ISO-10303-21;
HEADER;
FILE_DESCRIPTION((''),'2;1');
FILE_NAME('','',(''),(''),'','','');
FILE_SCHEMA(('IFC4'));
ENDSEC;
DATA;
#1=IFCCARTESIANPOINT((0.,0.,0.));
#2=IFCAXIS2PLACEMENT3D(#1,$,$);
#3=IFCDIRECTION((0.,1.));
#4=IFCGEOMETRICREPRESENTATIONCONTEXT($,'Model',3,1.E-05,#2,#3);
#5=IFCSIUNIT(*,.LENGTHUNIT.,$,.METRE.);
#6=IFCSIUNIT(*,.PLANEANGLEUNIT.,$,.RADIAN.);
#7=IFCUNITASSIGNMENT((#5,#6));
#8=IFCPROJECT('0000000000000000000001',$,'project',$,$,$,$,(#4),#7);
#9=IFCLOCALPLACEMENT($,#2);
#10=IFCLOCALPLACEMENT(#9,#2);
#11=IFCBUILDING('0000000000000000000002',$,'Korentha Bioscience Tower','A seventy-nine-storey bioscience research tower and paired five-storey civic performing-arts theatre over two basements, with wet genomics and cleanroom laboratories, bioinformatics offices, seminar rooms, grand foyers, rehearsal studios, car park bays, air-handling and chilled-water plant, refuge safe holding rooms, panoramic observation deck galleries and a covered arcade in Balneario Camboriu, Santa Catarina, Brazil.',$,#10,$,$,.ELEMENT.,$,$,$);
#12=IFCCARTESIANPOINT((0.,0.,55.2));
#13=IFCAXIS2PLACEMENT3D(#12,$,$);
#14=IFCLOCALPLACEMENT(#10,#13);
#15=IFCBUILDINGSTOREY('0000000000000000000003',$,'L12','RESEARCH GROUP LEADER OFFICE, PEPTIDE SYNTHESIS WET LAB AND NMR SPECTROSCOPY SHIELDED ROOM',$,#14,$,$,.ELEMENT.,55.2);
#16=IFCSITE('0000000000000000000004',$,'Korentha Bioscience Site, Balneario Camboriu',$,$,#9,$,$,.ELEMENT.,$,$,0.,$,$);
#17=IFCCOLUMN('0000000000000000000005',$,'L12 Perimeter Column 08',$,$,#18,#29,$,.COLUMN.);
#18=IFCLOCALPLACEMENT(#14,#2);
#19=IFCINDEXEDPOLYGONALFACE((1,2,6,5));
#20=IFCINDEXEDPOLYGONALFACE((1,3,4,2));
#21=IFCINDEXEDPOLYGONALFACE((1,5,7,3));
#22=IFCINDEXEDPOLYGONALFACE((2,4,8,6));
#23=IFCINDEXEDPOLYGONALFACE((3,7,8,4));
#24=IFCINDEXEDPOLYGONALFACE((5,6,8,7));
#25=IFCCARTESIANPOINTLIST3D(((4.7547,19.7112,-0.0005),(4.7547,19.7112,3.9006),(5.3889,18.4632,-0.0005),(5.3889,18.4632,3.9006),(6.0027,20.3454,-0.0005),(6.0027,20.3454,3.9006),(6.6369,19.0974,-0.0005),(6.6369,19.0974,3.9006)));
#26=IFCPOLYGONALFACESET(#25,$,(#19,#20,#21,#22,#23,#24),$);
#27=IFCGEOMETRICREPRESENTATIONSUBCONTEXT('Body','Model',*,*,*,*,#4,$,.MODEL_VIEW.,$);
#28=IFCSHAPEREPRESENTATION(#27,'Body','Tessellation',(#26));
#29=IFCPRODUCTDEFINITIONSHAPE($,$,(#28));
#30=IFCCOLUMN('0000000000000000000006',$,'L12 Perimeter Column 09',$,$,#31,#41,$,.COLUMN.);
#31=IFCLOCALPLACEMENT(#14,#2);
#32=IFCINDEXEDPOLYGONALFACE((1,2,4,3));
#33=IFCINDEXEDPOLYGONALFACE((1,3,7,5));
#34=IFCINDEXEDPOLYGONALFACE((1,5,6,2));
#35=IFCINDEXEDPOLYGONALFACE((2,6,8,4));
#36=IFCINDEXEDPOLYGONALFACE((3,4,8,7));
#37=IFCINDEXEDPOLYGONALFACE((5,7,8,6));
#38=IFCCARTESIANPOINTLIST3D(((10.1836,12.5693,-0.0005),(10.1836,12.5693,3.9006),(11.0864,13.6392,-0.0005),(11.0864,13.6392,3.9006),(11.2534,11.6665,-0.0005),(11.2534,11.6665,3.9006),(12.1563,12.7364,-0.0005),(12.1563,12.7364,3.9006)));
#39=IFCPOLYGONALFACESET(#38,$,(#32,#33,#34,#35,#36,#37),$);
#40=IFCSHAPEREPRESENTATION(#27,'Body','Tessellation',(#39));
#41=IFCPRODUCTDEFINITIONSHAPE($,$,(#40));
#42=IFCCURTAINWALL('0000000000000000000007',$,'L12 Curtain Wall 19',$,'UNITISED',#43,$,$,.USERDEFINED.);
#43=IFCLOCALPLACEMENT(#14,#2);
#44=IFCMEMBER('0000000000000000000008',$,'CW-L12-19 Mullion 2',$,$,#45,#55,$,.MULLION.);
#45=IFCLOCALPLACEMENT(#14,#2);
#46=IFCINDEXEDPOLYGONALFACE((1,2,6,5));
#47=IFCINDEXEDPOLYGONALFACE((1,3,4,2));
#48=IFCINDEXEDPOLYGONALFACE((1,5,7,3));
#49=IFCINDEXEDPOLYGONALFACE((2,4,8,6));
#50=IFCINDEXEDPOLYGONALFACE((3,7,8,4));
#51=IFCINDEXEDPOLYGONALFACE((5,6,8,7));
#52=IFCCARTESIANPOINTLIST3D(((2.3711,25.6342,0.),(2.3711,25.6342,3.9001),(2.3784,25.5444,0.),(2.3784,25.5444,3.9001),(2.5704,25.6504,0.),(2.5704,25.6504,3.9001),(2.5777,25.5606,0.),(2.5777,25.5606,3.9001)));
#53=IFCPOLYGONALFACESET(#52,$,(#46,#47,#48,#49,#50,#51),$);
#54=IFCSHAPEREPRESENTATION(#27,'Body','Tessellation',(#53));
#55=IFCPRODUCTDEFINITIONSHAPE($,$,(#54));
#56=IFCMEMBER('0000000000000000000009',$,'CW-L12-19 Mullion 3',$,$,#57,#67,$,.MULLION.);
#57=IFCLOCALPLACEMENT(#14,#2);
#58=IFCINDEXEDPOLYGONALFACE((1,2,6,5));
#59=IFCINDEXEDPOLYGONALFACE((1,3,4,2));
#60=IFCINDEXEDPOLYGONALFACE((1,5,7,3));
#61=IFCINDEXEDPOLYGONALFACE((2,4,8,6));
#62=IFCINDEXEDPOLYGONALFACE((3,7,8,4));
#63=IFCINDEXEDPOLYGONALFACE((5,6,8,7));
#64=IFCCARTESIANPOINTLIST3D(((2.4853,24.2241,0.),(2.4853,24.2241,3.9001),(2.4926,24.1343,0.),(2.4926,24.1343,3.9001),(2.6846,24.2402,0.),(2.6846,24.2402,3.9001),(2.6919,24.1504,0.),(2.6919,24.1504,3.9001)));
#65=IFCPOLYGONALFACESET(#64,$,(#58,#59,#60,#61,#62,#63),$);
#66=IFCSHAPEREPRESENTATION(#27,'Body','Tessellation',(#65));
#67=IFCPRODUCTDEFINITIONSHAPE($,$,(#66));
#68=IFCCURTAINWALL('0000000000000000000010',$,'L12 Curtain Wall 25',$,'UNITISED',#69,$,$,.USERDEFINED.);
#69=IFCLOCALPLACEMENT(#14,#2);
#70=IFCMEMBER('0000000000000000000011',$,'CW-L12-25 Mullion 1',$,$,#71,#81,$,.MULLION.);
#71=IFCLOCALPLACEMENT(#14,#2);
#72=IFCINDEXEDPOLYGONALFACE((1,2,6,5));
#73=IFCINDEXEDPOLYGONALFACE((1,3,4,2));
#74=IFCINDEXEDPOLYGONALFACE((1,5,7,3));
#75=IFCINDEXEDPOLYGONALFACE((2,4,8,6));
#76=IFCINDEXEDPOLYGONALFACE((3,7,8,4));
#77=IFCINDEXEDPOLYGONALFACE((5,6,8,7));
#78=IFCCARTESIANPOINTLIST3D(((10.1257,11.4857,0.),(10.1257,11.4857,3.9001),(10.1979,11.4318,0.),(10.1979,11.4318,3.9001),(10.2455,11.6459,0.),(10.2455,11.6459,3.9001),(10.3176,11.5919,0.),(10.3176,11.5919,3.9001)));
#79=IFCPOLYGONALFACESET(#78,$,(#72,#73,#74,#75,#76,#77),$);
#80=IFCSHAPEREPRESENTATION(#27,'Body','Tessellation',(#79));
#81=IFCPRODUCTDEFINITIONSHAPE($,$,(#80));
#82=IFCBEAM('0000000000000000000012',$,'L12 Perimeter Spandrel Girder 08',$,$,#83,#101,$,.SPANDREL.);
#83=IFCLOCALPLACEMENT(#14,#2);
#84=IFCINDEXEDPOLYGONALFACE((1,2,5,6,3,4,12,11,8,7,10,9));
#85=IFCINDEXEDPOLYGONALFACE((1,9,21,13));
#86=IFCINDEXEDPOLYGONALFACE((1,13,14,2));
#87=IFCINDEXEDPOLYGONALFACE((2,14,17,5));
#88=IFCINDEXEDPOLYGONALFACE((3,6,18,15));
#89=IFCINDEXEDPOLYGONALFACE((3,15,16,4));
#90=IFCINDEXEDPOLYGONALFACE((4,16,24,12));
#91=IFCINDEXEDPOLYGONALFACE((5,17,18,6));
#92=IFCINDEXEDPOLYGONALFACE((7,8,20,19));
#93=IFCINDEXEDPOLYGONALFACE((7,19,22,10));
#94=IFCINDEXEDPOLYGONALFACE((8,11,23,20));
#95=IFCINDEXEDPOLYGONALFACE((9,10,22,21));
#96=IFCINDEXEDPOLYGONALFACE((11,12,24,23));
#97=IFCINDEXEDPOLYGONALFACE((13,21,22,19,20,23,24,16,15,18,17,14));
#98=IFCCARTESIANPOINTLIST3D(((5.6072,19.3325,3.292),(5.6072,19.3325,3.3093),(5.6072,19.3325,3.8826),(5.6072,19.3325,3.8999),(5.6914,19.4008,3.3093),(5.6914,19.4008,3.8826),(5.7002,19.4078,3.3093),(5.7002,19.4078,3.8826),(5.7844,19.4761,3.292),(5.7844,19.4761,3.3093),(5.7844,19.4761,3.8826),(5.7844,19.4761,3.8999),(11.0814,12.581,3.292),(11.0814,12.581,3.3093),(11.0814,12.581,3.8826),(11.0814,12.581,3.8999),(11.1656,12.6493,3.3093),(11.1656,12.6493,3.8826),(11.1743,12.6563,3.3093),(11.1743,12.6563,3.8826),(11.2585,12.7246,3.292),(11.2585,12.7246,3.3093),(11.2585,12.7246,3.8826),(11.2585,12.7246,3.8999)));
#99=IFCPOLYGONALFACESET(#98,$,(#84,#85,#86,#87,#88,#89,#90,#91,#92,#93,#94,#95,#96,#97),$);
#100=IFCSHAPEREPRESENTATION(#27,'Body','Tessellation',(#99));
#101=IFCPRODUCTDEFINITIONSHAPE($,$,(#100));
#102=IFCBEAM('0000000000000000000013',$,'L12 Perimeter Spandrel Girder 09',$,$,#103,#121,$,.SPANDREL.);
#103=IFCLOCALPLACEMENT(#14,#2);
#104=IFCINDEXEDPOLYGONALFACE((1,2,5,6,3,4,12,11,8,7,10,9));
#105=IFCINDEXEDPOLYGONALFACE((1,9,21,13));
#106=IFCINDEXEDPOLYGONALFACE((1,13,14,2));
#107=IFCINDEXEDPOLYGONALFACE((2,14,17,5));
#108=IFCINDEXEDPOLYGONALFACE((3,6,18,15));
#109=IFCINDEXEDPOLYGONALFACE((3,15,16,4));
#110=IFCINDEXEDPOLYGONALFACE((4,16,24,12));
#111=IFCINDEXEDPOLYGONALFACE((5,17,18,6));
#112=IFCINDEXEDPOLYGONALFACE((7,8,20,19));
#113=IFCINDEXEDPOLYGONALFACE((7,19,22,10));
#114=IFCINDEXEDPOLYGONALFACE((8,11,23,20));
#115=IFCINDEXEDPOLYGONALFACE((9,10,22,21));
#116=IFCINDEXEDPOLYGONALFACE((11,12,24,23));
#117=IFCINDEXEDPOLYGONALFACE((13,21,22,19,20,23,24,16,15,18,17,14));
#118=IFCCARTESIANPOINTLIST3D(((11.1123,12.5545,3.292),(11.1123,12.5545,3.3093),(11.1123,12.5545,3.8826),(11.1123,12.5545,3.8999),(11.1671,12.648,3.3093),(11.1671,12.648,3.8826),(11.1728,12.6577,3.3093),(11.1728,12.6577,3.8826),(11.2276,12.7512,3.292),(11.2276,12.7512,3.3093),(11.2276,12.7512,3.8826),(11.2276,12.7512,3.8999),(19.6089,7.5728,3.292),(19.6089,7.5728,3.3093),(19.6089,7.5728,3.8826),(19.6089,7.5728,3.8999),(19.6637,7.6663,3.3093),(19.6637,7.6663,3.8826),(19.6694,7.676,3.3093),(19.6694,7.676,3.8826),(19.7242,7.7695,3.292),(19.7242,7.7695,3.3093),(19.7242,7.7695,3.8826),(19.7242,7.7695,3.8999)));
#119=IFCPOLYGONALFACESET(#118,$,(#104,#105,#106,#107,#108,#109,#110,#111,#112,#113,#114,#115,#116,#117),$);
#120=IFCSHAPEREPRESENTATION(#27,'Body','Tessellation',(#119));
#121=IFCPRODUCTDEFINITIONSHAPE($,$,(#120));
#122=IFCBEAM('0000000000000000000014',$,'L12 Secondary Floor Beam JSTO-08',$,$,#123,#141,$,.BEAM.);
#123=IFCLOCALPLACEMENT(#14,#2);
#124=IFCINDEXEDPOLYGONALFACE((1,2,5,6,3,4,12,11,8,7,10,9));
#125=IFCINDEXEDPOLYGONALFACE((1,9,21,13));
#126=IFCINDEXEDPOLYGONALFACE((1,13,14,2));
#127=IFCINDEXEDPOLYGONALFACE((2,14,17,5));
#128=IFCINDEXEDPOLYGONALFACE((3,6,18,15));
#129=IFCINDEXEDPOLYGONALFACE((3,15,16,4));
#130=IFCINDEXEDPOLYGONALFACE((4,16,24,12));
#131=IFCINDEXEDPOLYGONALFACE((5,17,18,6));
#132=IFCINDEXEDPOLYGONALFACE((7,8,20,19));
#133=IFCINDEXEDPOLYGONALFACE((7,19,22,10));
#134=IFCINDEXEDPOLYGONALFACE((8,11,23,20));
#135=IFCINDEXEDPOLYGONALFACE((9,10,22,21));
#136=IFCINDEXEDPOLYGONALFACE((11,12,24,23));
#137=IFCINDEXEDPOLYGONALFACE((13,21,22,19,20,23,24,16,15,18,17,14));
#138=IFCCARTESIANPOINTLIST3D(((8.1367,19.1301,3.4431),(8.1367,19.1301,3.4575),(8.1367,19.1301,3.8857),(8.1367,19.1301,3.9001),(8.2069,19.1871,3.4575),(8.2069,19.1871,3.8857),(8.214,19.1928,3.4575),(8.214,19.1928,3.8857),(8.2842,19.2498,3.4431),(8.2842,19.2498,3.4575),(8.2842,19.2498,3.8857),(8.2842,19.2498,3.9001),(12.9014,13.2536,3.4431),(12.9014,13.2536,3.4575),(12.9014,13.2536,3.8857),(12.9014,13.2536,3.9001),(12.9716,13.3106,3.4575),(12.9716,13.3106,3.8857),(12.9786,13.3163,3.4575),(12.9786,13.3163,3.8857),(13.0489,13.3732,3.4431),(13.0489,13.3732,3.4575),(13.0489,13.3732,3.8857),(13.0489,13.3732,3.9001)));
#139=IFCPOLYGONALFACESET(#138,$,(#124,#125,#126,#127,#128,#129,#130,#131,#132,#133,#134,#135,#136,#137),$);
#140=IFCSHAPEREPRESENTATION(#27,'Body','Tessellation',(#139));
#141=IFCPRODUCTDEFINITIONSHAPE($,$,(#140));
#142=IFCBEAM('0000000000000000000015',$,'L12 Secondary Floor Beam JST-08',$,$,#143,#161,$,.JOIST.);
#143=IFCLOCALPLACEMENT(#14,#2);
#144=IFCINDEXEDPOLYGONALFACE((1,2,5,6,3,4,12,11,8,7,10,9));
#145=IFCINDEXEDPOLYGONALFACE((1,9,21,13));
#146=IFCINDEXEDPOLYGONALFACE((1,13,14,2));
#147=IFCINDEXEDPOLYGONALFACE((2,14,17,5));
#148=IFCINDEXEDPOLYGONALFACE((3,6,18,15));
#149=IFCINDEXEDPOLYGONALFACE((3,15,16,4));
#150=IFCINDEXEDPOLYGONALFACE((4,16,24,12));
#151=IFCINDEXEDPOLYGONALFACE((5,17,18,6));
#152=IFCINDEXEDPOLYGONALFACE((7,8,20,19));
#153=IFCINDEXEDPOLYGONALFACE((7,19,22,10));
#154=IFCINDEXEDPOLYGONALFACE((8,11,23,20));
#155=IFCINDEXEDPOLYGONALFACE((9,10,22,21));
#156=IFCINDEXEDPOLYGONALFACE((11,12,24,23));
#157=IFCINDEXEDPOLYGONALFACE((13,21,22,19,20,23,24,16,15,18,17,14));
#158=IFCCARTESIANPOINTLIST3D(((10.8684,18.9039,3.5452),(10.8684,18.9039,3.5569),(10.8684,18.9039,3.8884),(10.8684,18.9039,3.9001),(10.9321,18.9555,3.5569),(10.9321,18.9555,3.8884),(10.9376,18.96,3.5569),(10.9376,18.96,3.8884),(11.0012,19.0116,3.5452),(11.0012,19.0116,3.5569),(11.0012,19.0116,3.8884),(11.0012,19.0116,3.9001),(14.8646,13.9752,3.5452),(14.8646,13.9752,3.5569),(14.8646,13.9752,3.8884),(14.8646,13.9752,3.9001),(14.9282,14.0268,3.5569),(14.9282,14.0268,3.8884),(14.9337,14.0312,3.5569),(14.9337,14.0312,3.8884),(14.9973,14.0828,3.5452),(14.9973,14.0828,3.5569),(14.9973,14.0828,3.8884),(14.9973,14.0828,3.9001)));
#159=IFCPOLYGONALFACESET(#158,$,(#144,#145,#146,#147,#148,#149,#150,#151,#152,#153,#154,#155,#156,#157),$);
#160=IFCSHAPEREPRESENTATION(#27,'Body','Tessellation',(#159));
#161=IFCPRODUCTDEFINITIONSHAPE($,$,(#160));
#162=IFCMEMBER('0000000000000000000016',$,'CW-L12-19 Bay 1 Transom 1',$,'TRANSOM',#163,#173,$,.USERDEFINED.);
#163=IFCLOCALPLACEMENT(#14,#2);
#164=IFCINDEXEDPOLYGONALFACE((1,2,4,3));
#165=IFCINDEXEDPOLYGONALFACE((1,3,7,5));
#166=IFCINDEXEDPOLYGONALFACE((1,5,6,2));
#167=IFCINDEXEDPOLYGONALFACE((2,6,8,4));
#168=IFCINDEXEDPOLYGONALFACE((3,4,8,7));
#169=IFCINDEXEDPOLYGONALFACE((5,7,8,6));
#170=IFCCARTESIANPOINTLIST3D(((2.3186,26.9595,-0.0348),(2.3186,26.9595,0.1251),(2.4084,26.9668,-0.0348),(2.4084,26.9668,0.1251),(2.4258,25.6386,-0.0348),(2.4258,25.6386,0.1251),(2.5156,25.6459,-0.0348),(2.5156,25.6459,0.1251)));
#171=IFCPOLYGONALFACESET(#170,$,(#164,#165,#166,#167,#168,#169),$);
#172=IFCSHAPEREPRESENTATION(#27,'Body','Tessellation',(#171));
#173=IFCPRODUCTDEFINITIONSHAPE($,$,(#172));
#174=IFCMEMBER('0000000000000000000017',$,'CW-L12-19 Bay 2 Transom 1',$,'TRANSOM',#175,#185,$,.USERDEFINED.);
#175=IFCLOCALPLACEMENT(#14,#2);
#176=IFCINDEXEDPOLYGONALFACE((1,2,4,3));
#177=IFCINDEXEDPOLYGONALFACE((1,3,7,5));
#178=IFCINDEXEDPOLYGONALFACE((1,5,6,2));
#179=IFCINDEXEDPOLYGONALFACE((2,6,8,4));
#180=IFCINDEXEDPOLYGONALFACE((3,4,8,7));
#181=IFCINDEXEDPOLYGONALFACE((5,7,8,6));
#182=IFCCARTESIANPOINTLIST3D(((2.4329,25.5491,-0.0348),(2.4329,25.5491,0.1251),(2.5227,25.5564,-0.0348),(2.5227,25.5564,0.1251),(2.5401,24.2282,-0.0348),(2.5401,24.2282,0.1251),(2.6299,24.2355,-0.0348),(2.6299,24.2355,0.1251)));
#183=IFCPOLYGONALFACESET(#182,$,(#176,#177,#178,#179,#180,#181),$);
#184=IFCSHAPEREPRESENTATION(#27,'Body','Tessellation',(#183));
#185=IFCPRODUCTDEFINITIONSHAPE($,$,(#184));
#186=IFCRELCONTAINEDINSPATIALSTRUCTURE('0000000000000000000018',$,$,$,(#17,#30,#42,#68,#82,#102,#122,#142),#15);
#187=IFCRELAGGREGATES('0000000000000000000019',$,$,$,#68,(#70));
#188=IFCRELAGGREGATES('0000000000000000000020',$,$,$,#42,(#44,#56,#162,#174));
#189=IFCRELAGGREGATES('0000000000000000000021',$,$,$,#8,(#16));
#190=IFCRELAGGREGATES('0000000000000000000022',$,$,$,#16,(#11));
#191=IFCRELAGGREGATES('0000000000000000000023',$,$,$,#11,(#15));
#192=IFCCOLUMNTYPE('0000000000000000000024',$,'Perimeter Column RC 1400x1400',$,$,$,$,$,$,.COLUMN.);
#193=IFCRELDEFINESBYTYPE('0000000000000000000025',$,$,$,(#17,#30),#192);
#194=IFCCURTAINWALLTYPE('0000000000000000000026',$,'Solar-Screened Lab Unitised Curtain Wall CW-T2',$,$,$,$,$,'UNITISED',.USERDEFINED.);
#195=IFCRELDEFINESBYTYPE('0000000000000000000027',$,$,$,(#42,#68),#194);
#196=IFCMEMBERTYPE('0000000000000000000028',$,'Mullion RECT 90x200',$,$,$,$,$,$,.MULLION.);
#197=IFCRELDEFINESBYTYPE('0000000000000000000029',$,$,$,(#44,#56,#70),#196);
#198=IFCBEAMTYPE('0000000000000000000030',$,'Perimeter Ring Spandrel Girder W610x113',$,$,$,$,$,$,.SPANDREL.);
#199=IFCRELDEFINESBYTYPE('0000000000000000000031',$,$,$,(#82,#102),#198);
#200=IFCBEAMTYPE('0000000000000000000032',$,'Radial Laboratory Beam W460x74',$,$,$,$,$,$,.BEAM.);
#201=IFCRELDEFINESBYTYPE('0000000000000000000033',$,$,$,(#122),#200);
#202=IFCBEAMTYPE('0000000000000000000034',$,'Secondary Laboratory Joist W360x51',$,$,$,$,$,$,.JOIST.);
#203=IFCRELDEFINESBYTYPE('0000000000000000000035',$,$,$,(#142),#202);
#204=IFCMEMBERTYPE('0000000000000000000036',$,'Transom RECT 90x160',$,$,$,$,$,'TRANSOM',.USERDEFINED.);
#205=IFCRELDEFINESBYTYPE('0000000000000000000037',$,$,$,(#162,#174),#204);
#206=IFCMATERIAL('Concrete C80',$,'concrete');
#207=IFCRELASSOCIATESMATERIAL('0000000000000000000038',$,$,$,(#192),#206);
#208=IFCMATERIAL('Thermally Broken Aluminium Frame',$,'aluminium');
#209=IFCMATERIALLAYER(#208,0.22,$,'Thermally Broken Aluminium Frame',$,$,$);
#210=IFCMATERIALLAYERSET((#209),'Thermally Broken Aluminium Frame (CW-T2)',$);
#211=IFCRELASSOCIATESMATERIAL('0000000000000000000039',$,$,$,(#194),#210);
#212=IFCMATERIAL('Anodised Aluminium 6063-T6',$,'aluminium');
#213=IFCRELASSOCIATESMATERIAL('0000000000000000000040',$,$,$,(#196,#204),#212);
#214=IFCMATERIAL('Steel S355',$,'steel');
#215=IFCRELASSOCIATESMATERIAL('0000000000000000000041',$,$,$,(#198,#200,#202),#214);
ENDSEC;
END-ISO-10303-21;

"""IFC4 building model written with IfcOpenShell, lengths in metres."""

from ifc_helpers import new_model, si_unit, direction, frame, origin, origin_2d, place, context, subcontext, project, spatial, rectangle, i_section, extrude, material, layer, layer_set, material_profile, profile_set, type_object, element, aggregate, save


model = new_model("IFC4")

# Units and contexts
model_context = context("Model", 3, precision=1e-05, world=origin(), true_north=direction((0.0, 1.0)))
body_context = subcontext(model_context, "Body", "Model", "MODEL_VIEW")
ifc_project = project(units=[si_unit("LENGTHUNIT", "METRE"), si_unit("PLANEANGLEUNIT", "RADIAN")], contexts=[model_context])

# Site, building, storey
site_placement = place(None, origin())
site = spatial("IfcSite", under=ifc_project, at=site_placement, Name="Korentha Bioscience Site, Balneario Camboriu", CompositionType="ELEMENT", RefElevation=0.0)
building_placement = place(site_placement, origin())
building = spatial("IfcBuilding", under=site, at=building_placement, Name="Korentha Bioscience Tower", Description="A seventy-nine-storey bioscience research tower and paired five-storey civic performing-arts theatre over two basements, with wet genomics and cleanroom laboratories, bioinformatics offices, seminar rooms, grand foyers, rehearsal studios, car park bays, air-handling and chilled-water plant, refuge safe holding rooms, panoramic observation deck galleries and a covered arcade in Balneario Camboriu, Santa Catarina, Brazil.", CompositionType="ELEMENT")
storey_placement = place(building_placement, frame((0.0, 0.0, 55.2)))
storey = spatial("IfcBuildingStorey", under=building, at=storey_placement, Name="L12", Description="RESEARCH GROUP LEADER OFFICE, PEPTIDE SYNTHESIS WET LAB AND NMR SPECTROSCOPY SHIELDED ROOM", CompositionType="ELEMENT", Elevation=55.2)

# Columns
ifc_material_1 = material(Name="Concrete C80", Category="concrete")
ifc_material_profile_1 = material_profile(ifc_material_1, rectangle(XDim=1.3999, YDim=1.3999, at=origin_2d()), Name="Concrete C80")
ifc_profile_set_1 = profile_set([ifc_material_profile_1], Name="Concrete C80 (COL-P14)")
column_type = type_object("IfcColumnType", Name="Perimeter Column RC 1400x1400", PredefinedType="COLUMN", material=ifc_profile_set_1)
for number, where, z_axis, x_axis, name in (
    (1, (5.6958, 19.4043, -0.0005), (0.0, 0.0, 1.0), (-0.453057, 0.891481, 0.0), "L12 Perimeter Column 08"),
    (2, (11.1699, 12.6528, -0.0005), (0.0, 0.0, 1.0), (-0.764246, 0.644924, 0.0), "L12 Perimeter Column 09"),
):
    element("IfcColumn", number, at=place(storey_placement, frame(where, z_axis=z_axis, x_axis=x_axis)), inside=storey, type_object=column_type, Name=name, PredefinedType="COLUMN", context=body_context, shape_type="SweptSolid", body=[
        extrude(rectangle(XDim=1.3999, YDim=1.3999, at=origin_2d()), origin(), (0.0, 0.0, 1.0), 3.9011),
    ])

# Curtain wall, members
ifc_material_2 = material(Name="Thermally Broken Aluminium Frame", Category="aluminium")
ifc_layer_1 = layer(ifc_material_2, 0.22, Name="Thermally Broken Aluminium Frame")
ifc_layer_set_1 = layer_set([ifc_layer_1], Name="Thermally Broken Aluminium Frame (CW-T2)")
curtain_wall_type = type_object("IfcCurtainWallType", Name="Solar-Screened Lab Unitised Curtain Wall CW-T2", ElementType="UNITISED", PredefinedType="USERDEFINED", material=ifc_layer_set_1)
curtain_wall_1_placement = place(storey_placement, origin())
curtain_wall_1 = element("IfcCurtainWall", 3, at=curtain_wall_1_placement, inside=storey, type_object=curtain_wall_type, Name="L12 Curtain Wall 19", ObjectType="UNITISED", PredefinedType="USERDEFINED")
ifc_material_3 = material(Name="Anodised Aluminium 6063-T6", Category="aluminium")
ifc_material_profile_2 = material_profile(ifc_material_3, rectangle(XDim=0.0901, YDim=0.2, at=origin_2d()), Name="Anodised Aluminium 6063-T6")
ifc_profile_set_2 = profile_set([ifc_material_profile_2], Name="Anodised Aluminium 6063-T6 (CW-MUL)")
member_type_1 = type_object("IfcMemberType", Name="Mullion RECT 90x200", PredefinedType="MULLION", material=ifc_profile_set_2)
member_1_placement = place(storey_placement, frame((2.4744, 25.5974, 0.0), z_axis=(0.0, 0.0, 1.0), x_axis=(0.08082, -0.996729, 0.0)))
member_1 = element("IfcMember", 4, at=member_1_placement, type_object=member_type_1, Name="CW-L12-19 Mullion 2", PredefinedType="MULLION", context=body_context, shape_type="SweptSolid", body=[
    extrude(rectangle(XDim=0.0901, YDim=0.2, at=origin_2d()), origin(), (0.0, 0.0, 1.0), 3.9001),
])
member_2_placement = place(storey_placement, frame((2.5886, 24.1873, 0.0), z_axis=(0.0, 0.0, 1.0), x_axis=(0.08082, -0.996729, 0.0)))
member_2 = element("IfcMember", 5, at=member_2_placement, type_object=member_type_1, Name="CW-L12-19 Mullion 3", PredefinedType="MULLION", context=body_context, shape_type="SweptSolid", body=[
    extrude(rectangle(XDim=0.0901, YDim=0.2, at=origin_2d()), origin(), (0.0, 0.0, 1.0), 3.9001),
])

# Curtain wall, member
curtain_wall_2_placement = place(storey_placement, origin())
curtain_wall_2 = element("IfcCurtainWall", 6, at=curtain_wall_2_placement, inside=storey, type_object=curtain_wall_type, Name="L12 Curtain Wall 25", ObjectType="UNITISED", PredefinedType="USERDEFINED")
member_3_placement = place(storey_placement, frame((10.2217, 11.5388, 0.0), z_axis=(0.0, 0.0, 1.0), x_axis=(0.800798, -0.598935, 0.0)))
member_3 = element("IfcMember", 7, at=member_3_placement, type_object=member_type_1, Name="CW-L12-25 Mullion 1", PredefinedType="MULLION", context=body_context, shape_type="SweptSolid", body=[
    extrude(rectangle(XDim=0.0901, YDim=0.2, at=origin_2d()), origin(), (0.0, 0.0, 1.0), 3.9001),
])

# Beams
ifc_material_4 = material(Name="Steel S355", Category="steel")
ifc_material_profile_3 = material_profile(ifc_material_4, i_section(OverallWidth=0.228, OverallDepth=0.6079, WebThickness=0.0112, FlangeThickness=0.0173, at=origin_2d()), Name="Steel S355")
ifc_profile_set_3 = profile_set([ifc_material_profile_3], Name="Steel S355 (SB-610)")
beam_type_1 = type_object("IfcBeamType", Name="Perimeter Ring Spandrel Girder W610x113", PredefinedType="SPANDREL", material=ifc_profile_set_3)
beam_1_placement = place(storey_placement, frame((5.6958, 19.4043, 3.5959), z_axis=(0.629799, -0.776758, 0.0), x_axis=(0.776758, 0.629799, 0.0)))
element("IfcBeam", 8, at=beam_1_placement, inside=storey, type_object=beam_type_1, Name="L12 Perimeter Spandrel Girder 08", PredefinedType="SPANDREL", context=body_context, shape_type="SweptSolid", body=[
    extrude(i_section(OverallWidth=0.228, OverallDepth=0.6079, WebThickness=0.0112, FlangeThickness=0.0173, at=origin_2d()), origin(), (0.0, 0.0, 1.0), 8.6919),
])
beam_2_placement = place(storey_placement, frame((11.1699, 12.6528, 3.5959), z_axis=(0.862657, -0.50579, 0.0), x_axis=(0.50579, 0.862657, 0.0)))
element("IfcBeam", 9, at=beam_2_placement, inside=storey, type_object=beam_type_1, Name="L12 Perimeter Spandrel Girder 09", PredefinedType="SPANDREL", context=body_context, shape_type="SweptSolid", body=[
    extrude(i_section(OverallWidth=0.228, OverallDepth=0.6079, WebThickness=0.0112, FlangeThickness=0.0173, at=origin_2d()), origin(), (0.0, 0.0, 1.0), 9.8494),
])
ifc_material_profile_4 = material_profile(ifc_material_4, i_section(OverallWidth=0.1899, OverallDepth=0.457, WebThickness=0.009, FlangeThickness=0.0144, at=origin_2d()), Name="Steel S355")
ifc_profile_set_4 = profile_set([ifc_material_profile_4], Name="Steel S355 (RB-460)")
beam_type_2 = type_object("IfcBeamType", Name="Radial Laboratory Beam W460x74", PredefinedType="BEAM", material=ifc_profile_set_4)
beam_3_placement = place(storey_placement, frame((8.2104, 19.1899, 3.6716), z_axis=(0.629798, -0.776759, 0.0), x_axis=(0.776759, 0.629798, 0.0)))
element("IfcBeam", 10, at=beam_3_placement, inside=storey, type_object=beam_type_2, Name="L12 Secondary Floor Beam JSTO-08", PredefinedType="BEAM", context=body_context, shape_type="SweptSolid", body=[
    extrude(i_section(OverallWidth=0.1899, OverallDepth=0.457, WebThickness=0.009, FlangeThickness=0.0144, at=origin_2d()), origin(), (0.0, 0.0, 1.0), 7.5654),
])
ifc_material_profile_5 = material_profile(ifc_material_4, i_section(OverallWidth=0.1709, OverallDepth=0.355, WebThickness=0.0071, FlangeThickness=0.0117, at=origin_2d()), Name="Steel S355")
ifc_profile_set_5 = profile_set([ifc_material_profile_5], Name="Steel S355 (JB-360)")
beam_type_3 = type_object("IfcBeamType", Name="Secondary Laboratory Joist W360x51", PredefinedType="JOIST", material=ifc_profile_set_5)
beam_4_placement = place(storey_placement, frame((10.9348, 18.9578, 3.7227), z_axis=(0.629787, -0.776768, 0.0), x_axis=(0.776768, 0.629787, 0.0)))
element("IfcBeam", 11, at=beam_4_placement, inside=storey, type_object=beam_type_3, Name="L12 Secondary Floor Beam JST-08", PredefinedType="JOIST", context=body_context, shape_type="SweptSolid", body=[
    extrude(i_section(OverallWidth=0.1709, OverallDepth=0.355, WebThickness=0.0071, FlangeThickness=0.0117, at=origin_2d()), origin(), (0.0, 0.0, 1.0), 6.3452),
])

# Members
ifc_material_profile_6 = material_profile(ifc_material_3, rectangle(XDim=0.0901, YDim=0.1599, at=origin_2d()), Name="Anodised Aluminium 6063-T6")
ifc_profile_set_6 = profile_set([ifc_material_profile_6], Name="Anodised Aluminium 6063-T6 (CW-TRN)")
member_type_2 = type_object("IfcMemberType", Name="Transom RECT 90x160", ElementType="TRANSOM", PredefinedType="USERDEFINED", material=ifc_profile_set_6)
member_4_placement = place(storey_placement, frame((2.3635, 26.9631, 0.0452), z_axis=(0.08088, -0.996724, 0.0), x_axis=(0.996724, 0.08088, 0.0)))
member_4 = element("IfcMember", 12, at=member_4_placement, type_object=member_type_2, Name="CW-L12-19 Bay 1 Transom 1", ObjectType="TRANSOM", PredefinedType="USERDEFINED", context=body_context, shape_type="SweptSolid", body=[
    extrude(rectangle(XDim=0.0901, YDim=0.1599, at=origin_2d()), origin(), (0.0, 0.0, 1.0), 1.3252),
])
member_5_placement = place(storey_placement, frame((2.4778, 25.5527, 0.0452), z_axis=(0.08088, -0.996724, 0.0), x_axis=(0.996724, 0.08088, 0.0)))
member_5 = element("IfcMember", 13, at=member_5_placement, type_object=member_type_2, Name="CW-L12-19 Bay 2 Transom 1", ObjectType="TRANSOM", PredefinedType="USERDEFINED", context=body_context, shape_type="SweptSolid", body=[
    extrude(rectangle(XDim=0.0901, YDim=0.1599, at=origin_2d()), origin(), (0.0, 0.0, 1.0), 1.3252),
])
aggregate(curtain_wall_2, [member_3])

aggregate(curtain_wall_1, [member_1, member_2, member_4, member_5])

save(model, "model.ifc")
